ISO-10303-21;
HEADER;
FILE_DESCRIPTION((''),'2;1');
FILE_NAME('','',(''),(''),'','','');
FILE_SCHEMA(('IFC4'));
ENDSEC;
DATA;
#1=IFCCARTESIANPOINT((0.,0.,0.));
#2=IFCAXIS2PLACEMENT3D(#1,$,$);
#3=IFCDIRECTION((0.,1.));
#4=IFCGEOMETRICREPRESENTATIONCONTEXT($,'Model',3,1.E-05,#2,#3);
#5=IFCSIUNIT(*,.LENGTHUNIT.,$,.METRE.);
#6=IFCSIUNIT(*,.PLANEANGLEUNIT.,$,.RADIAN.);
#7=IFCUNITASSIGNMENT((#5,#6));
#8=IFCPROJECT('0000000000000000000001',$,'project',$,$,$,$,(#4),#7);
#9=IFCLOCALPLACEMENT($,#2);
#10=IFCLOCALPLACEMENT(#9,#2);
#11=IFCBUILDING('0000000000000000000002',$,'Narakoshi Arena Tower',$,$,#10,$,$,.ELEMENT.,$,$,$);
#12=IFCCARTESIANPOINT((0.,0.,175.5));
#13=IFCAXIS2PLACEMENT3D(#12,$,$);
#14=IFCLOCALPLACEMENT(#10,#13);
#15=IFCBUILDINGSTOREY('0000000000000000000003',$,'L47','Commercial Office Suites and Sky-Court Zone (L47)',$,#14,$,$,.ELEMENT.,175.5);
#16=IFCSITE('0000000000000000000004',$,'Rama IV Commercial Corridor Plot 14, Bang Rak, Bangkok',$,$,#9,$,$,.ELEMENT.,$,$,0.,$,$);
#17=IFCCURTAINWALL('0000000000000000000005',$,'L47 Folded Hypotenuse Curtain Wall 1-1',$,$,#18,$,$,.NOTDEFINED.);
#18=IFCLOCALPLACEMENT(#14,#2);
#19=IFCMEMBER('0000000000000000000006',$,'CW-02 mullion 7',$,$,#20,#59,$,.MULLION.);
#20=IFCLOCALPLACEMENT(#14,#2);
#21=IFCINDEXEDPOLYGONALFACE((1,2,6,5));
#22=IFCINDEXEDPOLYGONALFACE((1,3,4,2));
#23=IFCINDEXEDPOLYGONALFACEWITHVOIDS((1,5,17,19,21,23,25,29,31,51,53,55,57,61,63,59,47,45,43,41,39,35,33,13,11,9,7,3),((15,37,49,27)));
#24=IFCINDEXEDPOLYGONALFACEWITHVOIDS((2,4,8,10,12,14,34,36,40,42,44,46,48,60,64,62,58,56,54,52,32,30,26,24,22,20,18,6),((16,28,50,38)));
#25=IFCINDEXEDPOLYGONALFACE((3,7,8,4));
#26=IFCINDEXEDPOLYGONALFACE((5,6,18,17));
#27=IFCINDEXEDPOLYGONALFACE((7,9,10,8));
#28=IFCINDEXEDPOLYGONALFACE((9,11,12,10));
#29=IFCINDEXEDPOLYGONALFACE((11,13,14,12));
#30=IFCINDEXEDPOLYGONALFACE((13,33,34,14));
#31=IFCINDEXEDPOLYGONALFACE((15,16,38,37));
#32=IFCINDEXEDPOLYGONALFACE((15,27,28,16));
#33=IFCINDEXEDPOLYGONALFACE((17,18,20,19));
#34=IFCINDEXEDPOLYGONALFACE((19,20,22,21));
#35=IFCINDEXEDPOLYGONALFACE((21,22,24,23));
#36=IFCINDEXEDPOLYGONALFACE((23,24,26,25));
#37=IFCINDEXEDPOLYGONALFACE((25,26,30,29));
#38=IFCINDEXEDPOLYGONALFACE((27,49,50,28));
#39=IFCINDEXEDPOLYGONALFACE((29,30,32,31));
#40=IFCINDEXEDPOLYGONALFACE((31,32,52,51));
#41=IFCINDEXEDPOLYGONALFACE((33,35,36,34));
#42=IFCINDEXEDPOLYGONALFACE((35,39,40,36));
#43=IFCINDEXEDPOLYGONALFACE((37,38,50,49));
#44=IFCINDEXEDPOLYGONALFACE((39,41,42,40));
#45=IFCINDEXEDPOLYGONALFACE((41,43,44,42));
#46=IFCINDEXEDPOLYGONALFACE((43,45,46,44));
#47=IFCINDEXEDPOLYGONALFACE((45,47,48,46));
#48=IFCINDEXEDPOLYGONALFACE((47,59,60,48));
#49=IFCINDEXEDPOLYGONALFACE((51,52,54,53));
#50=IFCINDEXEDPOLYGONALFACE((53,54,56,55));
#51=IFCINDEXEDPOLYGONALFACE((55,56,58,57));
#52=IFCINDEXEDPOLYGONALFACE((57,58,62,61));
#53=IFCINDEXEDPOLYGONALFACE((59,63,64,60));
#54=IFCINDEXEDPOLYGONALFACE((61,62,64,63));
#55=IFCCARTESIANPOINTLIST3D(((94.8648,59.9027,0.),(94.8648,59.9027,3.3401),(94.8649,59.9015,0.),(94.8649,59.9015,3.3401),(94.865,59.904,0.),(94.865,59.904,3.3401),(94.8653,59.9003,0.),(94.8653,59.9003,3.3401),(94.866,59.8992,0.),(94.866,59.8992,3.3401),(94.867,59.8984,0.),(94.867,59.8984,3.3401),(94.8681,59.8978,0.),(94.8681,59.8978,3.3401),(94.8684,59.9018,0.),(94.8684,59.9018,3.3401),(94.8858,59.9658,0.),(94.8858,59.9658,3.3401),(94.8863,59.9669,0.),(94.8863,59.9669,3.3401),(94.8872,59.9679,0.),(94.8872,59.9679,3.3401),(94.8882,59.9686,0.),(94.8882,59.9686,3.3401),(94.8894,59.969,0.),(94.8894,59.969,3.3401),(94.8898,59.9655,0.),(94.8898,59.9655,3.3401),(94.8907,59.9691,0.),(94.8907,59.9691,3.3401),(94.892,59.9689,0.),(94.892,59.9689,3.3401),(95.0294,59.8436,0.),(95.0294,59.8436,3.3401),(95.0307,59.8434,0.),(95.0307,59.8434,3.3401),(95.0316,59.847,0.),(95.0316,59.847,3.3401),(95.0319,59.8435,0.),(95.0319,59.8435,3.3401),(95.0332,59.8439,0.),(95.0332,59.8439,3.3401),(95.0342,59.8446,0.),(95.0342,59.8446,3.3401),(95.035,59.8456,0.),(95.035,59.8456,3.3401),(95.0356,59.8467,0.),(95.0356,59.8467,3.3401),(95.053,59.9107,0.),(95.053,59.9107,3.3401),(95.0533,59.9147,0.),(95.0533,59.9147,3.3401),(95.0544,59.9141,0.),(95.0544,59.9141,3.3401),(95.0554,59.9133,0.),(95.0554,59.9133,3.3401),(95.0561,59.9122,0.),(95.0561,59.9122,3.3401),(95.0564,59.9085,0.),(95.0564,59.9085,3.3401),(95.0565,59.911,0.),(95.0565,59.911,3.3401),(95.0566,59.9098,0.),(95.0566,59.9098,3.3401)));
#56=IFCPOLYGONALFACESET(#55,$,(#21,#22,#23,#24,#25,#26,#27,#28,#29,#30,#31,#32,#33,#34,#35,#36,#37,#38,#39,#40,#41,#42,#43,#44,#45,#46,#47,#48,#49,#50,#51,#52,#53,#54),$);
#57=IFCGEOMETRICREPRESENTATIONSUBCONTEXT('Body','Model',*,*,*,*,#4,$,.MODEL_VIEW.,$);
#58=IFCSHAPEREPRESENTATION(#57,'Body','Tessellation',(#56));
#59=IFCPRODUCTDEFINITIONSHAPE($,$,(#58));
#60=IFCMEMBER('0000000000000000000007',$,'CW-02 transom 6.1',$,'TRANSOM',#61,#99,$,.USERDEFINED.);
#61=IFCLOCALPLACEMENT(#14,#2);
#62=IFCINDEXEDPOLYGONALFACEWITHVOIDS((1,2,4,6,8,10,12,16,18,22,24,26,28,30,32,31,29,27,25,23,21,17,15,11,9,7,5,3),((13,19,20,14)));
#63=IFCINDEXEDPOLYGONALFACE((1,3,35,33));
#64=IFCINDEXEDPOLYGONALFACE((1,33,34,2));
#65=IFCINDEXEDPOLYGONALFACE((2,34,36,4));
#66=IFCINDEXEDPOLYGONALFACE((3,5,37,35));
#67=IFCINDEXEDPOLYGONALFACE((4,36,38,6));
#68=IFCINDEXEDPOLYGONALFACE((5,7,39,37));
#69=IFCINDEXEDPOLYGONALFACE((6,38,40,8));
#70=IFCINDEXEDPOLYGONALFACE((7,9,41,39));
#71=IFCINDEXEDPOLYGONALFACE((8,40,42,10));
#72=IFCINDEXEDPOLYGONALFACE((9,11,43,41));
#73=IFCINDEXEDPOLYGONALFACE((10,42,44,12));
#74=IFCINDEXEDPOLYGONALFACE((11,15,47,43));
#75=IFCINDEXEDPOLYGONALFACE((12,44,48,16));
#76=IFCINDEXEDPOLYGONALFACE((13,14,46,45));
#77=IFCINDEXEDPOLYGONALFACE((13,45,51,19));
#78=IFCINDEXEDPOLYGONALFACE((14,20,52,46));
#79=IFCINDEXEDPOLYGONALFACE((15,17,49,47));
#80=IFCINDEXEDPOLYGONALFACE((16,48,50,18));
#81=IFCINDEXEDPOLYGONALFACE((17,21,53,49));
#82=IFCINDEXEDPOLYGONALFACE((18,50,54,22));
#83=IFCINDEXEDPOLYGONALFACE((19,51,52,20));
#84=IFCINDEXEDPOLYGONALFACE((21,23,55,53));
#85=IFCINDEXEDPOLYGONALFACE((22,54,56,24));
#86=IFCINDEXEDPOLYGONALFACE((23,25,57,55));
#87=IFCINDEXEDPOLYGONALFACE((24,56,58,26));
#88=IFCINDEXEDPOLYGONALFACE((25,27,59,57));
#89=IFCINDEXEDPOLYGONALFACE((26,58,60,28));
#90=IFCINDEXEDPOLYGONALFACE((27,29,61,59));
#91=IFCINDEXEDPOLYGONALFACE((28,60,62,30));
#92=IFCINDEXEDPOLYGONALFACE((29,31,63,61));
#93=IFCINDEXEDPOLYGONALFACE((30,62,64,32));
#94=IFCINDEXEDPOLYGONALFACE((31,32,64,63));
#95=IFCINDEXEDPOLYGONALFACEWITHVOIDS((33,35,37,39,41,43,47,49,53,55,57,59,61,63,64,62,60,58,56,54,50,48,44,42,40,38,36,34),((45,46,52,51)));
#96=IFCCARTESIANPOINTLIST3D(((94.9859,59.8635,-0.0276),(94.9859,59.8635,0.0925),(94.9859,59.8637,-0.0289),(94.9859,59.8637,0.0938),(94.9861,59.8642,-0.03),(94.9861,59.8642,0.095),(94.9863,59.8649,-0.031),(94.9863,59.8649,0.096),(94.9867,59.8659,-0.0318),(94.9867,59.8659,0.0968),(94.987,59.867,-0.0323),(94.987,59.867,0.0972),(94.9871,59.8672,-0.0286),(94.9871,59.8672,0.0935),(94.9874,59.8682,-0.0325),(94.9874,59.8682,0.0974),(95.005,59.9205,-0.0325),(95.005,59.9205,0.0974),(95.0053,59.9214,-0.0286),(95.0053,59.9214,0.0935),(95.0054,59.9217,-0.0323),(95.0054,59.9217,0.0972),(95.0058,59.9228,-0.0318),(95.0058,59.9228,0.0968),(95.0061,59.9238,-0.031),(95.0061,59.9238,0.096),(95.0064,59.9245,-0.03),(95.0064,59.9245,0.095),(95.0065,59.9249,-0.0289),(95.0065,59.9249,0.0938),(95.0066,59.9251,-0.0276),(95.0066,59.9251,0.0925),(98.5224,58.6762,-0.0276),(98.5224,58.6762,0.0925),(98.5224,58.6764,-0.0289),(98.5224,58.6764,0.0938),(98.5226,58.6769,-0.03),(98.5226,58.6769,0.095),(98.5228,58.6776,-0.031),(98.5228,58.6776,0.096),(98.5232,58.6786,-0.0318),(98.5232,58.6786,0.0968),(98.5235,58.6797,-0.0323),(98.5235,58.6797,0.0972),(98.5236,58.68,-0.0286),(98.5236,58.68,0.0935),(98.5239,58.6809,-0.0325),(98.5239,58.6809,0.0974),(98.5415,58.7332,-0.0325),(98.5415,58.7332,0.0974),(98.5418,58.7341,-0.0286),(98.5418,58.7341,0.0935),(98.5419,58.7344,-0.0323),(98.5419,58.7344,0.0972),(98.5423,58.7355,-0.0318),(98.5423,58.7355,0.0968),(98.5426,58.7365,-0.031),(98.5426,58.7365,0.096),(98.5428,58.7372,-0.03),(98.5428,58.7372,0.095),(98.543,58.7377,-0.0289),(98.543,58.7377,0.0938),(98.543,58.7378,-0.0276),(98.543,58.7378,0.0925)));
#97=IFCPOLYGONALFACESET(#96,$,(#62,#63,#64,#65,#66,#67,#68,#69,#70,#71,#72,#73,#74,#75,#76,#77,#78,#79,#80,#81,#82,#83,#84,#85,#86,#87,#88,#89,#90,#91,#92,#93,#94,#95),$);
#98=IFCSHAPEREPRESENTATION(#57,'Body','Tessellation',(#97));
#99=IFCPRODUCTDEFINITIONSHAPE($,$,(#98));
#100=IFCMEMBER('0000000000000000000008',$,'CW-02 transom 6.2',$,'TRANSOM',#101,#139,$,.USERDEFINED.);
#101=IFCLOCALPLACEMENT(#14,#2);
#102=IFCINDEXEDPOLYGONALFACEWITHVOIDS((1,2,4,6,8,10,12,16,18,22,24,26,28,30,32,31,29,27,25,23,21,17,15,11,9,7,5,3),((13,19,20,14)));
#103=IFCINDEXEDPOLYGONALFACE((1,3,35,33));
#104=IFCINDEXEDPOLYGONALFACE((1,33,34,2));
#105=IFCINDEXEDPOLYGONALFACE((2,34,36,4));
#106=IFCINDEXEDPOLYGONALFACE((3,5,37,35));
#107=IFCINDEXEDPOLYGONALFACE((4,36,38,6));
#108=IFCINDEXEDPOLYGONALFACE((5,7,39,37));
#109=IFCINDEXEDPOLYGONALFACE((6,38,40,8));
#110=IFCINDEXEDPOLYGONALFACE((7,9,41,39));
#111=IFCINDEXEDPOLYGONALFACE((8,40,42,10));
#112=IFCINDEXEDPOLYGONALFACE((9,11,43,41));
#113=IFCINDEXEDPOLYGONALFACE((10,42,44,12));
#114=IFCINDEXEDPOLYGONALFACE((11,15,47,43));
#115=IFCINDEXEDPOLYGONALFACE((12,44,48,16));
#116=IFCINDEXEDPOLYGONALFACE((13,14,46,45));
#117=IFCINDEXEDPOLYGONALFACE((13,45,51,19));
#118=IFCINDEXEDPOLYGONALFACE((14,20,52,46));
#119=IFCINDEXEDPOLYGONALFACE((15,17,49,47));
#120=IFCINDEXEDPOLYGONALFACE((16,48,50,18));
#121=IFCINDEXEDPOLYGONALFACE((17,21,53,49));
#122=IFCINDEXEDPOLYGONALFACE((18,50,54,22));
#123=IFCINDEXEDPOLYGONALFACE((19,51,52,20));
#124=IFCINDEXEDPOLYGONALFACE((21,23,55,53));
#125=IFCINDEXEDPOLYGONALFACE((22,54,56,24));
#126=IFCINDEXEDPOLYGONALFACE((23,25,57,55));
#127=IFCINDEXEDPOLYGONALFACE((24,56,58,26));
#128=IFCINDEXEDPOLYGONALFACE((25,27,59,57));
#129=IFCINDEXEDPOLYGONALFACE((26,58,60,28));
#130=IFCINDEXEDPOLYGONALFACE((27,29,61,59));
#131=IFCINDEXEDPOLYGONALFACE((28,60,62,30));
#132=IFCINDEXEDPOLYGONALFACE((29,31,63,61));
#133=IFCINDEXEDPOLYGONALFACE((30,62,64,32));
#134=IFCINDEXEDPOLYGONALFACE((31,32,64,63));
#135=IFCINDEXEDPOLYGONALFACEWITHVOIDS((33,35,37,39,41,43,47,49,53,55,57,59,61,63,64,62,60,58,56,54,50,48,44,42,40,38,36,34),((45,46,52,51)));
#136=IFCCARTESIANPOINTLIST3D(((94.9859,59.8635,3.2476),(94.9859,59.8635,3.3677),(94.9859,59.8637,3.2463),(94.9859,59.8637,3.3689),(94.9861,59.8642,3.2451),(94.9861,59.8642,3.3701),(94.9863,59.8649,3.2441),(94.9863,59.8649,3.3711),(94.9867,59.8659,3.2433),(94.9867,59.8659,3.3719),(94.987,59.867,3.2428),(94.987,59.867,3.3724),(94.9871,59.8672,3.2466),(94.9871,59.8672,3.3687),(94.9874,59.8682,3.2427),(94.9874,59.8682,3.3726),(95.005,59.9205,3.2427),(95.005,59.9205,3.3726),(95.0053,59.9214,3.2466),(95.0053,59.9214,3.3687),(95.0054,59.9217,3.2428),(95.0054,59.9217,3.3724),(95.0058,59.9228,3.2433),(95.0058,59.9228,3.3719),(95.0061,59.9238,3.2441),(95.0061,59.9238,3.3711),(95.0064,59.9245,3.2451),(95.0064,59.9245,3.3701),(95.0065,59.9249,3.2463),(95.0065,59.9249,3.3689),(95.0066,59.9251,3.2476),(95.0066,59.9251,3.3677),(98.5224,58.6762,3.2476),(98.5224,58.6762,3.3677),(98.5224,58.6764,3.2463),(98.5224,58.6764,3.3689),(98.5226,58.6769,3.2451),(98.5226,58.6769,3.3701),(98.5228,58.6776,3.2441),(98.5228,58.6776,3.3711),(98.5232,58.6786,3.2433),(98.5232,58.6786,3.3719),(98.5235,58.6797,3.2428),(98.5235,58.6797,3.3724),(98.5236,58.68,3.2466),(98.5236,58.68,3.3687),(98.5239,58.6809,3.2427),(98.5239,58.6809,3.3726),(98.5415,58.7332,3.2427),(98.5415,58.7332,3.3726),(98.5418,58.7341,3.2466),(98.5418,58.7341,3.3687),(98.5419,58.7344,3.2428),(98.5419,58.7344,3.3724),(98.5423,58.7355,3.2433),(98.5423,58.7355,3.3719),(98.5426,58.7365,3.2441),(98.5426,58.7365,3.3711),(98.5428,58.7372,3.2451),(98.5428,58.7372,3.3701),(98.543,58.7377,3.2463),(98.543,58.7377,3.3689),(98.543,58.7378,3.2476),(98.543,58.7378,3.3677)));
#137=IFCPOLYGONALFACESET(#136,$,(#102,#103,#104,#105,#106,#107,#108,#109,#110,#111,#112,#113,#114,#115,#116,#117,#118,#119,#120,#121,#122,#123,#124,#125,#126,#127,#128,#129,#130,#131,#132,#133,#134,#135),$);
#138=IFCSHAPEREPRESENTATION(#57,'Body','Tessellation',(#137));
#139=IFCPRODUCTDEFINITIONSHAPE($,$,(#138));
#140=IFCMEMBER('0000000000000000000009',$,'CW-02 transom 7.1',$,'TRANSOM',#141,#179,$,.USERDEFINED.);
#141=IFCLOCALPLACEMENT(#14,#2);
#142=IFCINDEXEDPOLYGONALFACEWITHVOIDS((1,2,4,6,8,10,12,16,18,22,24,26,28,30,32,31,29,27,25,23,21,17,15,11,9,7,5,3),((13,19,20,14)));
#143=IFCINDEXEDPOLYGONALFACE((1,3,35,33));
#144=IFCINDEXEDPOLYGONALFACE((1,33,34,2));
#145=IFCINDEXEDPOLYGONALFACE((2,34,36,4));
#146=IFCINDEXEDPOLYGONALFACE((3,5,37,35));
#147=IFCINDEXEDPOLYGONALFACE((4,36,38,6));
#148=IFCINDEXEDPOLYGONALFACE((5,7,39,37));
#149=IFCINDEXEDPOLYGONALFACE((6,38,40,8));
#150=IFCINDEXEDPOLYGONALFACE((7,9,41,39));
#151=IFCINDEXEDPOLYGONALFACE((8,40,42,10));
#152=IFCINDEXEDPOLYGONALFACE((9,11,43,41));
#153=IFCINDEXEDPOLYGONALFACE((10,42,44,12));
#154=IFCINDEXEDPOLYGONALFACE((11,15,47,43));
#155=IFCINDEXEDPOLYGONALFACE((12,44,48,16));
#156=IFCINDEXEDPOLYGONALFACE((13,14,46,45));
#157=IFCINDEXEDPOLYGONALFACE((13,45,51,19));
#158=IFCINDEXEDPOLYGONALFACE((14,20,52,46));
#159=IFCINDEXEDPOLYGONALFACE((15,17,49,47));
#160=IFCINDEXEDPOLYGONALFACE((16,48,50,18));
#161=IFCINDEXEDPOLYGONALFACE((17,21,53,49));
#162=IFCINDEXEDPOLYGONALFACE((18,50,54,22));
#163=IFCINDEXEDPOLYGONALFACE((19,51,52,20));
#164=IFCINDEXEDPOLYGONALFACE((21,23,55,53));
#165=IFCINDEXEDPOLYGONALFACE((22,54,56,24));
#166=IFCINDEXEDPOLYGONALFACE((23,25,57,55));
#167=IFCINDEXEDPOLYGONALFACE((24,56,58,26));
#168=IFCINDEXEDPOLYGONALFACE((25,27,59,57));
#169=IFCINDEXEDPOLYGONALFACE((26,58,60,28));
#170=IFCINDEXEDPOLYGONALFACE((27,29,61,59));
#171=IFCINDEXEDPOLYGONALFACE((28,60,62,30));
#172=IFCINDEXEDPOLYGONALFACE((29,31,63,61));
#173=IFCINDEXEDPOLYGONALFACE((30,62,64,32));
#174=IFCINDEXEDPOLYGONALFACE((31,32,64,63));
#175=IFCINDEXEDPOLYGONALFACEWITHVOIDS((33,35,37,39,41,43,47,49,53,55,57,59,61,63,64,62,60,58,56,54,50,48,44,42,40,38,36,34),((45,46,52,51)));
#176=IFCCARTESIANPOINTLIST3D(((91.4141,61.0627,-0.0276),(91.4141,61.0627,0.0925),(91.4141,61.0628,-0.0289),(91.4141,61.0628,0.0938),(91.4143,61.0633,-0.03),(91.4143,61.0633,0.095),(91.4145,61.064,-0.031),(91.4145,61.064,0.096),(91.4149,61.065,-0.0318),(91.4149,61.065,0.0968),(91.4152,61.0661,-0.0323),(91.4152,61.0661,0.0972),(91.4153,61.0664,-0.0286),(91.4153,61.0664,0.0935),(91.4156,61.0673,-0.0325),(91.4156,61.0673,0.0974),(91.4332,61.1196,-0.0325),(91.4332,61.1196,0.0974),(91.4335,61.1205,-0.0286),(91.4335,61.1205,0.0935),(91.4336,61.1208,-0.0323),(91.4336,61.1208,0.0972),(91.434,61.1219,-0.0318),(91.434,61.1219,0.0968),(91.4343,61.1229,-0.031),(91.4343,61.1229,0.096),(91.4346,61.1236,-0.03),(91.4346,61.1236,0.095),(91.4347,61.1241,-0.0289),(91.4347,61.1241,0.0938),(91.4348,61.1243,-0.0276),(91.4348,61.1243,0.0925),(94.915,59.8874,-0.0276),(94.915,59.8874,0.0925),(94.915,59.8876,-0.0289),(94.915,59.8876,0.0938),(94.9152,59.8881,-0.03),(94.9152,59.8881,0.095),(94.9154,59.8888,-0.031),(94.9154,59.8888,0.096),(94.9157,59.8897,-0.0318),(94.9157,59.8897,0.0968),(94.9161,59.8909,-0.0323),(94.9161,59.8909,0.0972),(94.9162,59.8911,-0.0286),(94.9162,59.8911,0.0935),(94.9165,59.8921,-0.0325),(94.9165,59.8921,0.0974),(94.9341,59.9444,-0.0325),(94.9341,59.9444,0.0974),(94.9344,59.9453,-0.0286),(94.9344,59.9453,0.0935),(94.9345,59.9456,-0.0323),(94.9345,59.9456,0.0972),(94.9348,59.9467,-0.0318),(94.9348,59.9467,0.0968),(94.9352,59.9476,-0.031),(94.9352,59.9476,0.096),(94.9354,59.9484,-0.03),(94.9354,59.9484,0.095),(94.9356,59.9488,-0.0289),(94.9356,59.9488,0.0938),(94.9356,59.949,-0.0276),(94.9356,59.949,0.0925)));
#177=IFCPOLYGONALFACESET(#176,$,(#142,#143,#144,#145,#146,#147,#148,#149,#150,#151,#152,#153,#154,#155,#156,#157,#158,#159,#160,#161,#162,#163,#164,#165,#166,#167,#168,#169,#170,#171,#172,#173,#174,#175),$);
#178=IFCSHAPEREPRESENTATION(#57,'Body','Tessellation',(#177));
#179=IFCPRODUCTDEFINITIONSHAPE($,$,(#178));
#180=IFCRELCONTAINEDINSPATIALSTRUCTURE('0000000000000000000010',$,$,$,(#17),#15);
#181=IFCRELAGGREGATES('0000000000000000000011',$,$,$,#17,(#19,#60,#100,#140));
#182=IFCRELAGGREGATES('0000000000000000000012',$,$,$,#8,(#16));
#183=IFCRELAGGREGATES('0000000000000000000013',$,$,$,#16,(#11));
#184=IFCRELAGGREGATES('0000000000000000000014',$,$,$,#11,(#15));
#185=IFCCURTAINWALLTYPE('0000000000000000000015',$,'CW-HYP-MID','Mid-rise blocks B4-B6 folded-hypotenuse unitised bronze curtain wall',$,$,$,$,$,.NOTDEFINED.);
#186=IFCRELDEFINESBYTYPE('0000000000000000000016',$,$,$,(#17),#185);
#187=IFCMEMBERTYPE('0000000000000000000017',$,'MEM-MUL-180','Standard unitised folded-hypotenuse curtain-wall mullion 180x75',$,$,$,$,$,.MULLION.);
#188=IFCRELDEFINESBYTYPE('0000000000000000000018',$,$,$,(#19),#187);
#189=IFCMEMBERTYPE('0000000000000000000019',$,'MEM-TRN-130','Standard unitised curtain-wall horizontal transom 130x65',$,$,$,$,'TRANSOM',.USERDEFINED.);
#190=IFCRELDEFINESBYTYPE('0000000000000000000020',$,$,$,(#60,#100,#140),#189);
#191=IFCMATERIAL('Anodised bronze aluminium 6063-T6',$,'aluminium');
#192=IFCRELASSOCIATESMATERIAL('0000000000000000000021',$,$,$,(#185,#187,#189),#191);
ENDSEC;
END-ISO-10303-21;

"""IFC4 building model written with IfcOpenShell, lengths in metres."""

from ifc_helpers import new_model, si_unit, direction, frame, origin, origin_2d, place, context, subcontext, project, spatial, hollow_rectangle, extrude, material, material_profile, profile_set, type_object, element, aggregate, save


model = new_model("IFC4")

# Units and contexts
model_context = context("Model", 3, precision=1e-05, world=origin(), true_north=direction((0.0, 1.0)))
body_context = subcontext(model_context, "Body", "Model", "MODEL_VIEW")
ifc_project = project(units=[si_unit("LENGTHUNIT", "METRE"), si_unit("PLANEANGLEUNIT", "RADIAN")], contexts=[model_context])

# Site, building, storey
site_placement = place(None, origin())
site = spatial("IfcSite", under=ifc_project, at=site_placement, Name="Rama IV Commercial Corridor Plot 14, Bang Rak, Bangkok", CompositionType="ELEMENT", RefElevation=0.0)
building_placement = place(site_placement, origin())
building = spatial("IfcBuilding", under=site, at=building_placement, Name="Narakoshi Arena Tower", CompositionType="ELEMENT")
storey_placement = place(building_placement, frame((0.0, 0.0, 175.5)))
storey = spatial("IfcBuildingStorey", under=building, at=storey_placement, Name="L47", Description="Commercial Office Suites and Sky-Court Zone (L47)", CompositionType="ELEMENT", Elevation=175.5)

# Curtain wall, members
ifc_material_1 = material(Name="Anodised bronze aluminium 6063-T6", Category="aluminium")
curtain_wall_type = type_object("IfcCurtainWallType", Name="CW-HYP-MID", Description="Mid-rise blocks B4-B6 folded-hypotenuse unitised bronze curtain wall", PredefinedType="NOTDEFINED", material=ifc_material_1)
curtain_wall_placement = place(storey_placement, origin())
curtain_wall = element("IfcCurtainWall", 1, at=curtain_wall_placement, inside=storey, type_object=curtain_wall_type, Name="L47 Folded Hypotenuse Curtain Wall 1-1", PredefinedType="NOTDEFINED")
ifc_material_profile_1 = material_profile(ifc_material_1, hollow_rectangle(XDim=0.075, YDim=0.1799, WallThickness=0.0039, OuterFilletRadius=0.0049, at=origin_2d()), Name="MUL180x75x4")
ifc_profile_set_1 = profile_set([ifc_material_profile_1], Name="Anodised bronze aluminium 6063-T6")
member_type_1 = type_object("IfcMemberType", Name="MEM-MUL-180", Description="Standard unitised folded-hypotenuse curtain-wall mullion 180x75", PredefinedType="MULLION", material=ifc_profile_set_1)
member_1_placement = place(storey_placement, frame((94.9607, 59.9062, 0.0), z_axis=(0.0, 0.0, 1.0), x_axis=(-0.318261, -0.948003, 0.0)))
member_1 = element("IfcMember", 2, at=member_1_placement, type_object=member_type_1, Name="CW-02 mullion 7", PredefinedType="MULLION", context=body_context, shape_type="SweptSolid", body=[
    extrude(hollow_rectangle(XDim=0.075, YDim=0.1799, WallThickness=0.0039, OuterFilletRadius=0.0049, at=origin_2d()), origin(), (0.0, 0.0, 1.0), 3.3401),
])
ifc_material_profile_2 = material_profile(ifc_material_1, hollow_rectangle(XDim=0.0649, YDim=0.1299, WallThickness=0.0039, OuterFilletRadius=0.0049, at=origin_2d()), Name="TRN130x65x4")
ifc_profile_set_2 = profile_set([ifc_material_profile_2], Name="Anodised bronze aluminium 6063-T6")
member_type_2 = type_object("IfcMemberType", Name="MEM-TRN-130", Description="Standard unitised curtain-wall horizontal transom 130x65", ElementType="TRANSOM", PredefinedType="USERDEFINED", material=ifc_profile_set_2)
member_2_placement = place(storey_placement, frame((98.5327, 58.707, 0.0325), z_axis=(-0.948, 0.318269, 0.0), x_axis=(-0.318269, -0.948, 0.0)))
member_2 = element("IfcMember", 3, at=member_2_placement, type_object=member_type_2, Name="CW-02 transom 6.1", ObjectType="TRANSOM", PredefinedType="USERDEFINED", context=body_context, shape_type="SweptSolid", body=[
    extrude(hollow_rectangle(XDim=0.0649, YDim=0.1299, WallThickness=0.0039, OuterFilletRadius=0.0049, at=origin_2d()), origin(), (0.0, 0.0, 1.0), 3.7305),
])
member_3_placement = place(storey_placement, frame((98.5327, 58.707, 3.3076), z_axis=(-0.948, 0.318269, 0.0), x_axis=(-0.318269, -0.948, 0.0)))
member_3 = element("IfcMember", 4, at=member_3_placement, type_object=member_type_2, Name="CW-02 transom 6.2", ObjectType="TRANSOM", PredefinedType="USERDEFINED", context=body_context, shape_type="SweptSolid", body=[
    extrude(hollow_rectangle(XDim=0.0649, YDim=0.1299, WallThickness=0.0039, OuterFilletRadius=0.0049, at=origin_2d()), origin(), (0.0, 0.0, 1.0), 3.7305),
])
member_4_placement = place(storey_placement, frame((94.9253, 59.9182, 0.0325), z_axis=(-0.948007, 0.31825, 0.0), x_axis=(-0.31825, -0.948007, 0.0)))
member_4 = element("IfcMember", 5, at=member_4_placement, type_object=member_type_2, Name="CW-02 transom 7.1", ObjectType="TRANSOM", PredefinedType="USERDEFINED", context=body_context, shape_type="SweptSolid", body=[
    extrude(hollow_rectangle(XDim=0.0649, YDim=0.1299, WallThickness=0.0039, OuterFilletRadius=0.0049, at=origin_2d()), origin(), (0.0, 0.0, 1.0), 3.6929),
])
aggregate(curtain_wall, [member_1, member_2, member_3, member_4])

save(model, "model.ifc")
